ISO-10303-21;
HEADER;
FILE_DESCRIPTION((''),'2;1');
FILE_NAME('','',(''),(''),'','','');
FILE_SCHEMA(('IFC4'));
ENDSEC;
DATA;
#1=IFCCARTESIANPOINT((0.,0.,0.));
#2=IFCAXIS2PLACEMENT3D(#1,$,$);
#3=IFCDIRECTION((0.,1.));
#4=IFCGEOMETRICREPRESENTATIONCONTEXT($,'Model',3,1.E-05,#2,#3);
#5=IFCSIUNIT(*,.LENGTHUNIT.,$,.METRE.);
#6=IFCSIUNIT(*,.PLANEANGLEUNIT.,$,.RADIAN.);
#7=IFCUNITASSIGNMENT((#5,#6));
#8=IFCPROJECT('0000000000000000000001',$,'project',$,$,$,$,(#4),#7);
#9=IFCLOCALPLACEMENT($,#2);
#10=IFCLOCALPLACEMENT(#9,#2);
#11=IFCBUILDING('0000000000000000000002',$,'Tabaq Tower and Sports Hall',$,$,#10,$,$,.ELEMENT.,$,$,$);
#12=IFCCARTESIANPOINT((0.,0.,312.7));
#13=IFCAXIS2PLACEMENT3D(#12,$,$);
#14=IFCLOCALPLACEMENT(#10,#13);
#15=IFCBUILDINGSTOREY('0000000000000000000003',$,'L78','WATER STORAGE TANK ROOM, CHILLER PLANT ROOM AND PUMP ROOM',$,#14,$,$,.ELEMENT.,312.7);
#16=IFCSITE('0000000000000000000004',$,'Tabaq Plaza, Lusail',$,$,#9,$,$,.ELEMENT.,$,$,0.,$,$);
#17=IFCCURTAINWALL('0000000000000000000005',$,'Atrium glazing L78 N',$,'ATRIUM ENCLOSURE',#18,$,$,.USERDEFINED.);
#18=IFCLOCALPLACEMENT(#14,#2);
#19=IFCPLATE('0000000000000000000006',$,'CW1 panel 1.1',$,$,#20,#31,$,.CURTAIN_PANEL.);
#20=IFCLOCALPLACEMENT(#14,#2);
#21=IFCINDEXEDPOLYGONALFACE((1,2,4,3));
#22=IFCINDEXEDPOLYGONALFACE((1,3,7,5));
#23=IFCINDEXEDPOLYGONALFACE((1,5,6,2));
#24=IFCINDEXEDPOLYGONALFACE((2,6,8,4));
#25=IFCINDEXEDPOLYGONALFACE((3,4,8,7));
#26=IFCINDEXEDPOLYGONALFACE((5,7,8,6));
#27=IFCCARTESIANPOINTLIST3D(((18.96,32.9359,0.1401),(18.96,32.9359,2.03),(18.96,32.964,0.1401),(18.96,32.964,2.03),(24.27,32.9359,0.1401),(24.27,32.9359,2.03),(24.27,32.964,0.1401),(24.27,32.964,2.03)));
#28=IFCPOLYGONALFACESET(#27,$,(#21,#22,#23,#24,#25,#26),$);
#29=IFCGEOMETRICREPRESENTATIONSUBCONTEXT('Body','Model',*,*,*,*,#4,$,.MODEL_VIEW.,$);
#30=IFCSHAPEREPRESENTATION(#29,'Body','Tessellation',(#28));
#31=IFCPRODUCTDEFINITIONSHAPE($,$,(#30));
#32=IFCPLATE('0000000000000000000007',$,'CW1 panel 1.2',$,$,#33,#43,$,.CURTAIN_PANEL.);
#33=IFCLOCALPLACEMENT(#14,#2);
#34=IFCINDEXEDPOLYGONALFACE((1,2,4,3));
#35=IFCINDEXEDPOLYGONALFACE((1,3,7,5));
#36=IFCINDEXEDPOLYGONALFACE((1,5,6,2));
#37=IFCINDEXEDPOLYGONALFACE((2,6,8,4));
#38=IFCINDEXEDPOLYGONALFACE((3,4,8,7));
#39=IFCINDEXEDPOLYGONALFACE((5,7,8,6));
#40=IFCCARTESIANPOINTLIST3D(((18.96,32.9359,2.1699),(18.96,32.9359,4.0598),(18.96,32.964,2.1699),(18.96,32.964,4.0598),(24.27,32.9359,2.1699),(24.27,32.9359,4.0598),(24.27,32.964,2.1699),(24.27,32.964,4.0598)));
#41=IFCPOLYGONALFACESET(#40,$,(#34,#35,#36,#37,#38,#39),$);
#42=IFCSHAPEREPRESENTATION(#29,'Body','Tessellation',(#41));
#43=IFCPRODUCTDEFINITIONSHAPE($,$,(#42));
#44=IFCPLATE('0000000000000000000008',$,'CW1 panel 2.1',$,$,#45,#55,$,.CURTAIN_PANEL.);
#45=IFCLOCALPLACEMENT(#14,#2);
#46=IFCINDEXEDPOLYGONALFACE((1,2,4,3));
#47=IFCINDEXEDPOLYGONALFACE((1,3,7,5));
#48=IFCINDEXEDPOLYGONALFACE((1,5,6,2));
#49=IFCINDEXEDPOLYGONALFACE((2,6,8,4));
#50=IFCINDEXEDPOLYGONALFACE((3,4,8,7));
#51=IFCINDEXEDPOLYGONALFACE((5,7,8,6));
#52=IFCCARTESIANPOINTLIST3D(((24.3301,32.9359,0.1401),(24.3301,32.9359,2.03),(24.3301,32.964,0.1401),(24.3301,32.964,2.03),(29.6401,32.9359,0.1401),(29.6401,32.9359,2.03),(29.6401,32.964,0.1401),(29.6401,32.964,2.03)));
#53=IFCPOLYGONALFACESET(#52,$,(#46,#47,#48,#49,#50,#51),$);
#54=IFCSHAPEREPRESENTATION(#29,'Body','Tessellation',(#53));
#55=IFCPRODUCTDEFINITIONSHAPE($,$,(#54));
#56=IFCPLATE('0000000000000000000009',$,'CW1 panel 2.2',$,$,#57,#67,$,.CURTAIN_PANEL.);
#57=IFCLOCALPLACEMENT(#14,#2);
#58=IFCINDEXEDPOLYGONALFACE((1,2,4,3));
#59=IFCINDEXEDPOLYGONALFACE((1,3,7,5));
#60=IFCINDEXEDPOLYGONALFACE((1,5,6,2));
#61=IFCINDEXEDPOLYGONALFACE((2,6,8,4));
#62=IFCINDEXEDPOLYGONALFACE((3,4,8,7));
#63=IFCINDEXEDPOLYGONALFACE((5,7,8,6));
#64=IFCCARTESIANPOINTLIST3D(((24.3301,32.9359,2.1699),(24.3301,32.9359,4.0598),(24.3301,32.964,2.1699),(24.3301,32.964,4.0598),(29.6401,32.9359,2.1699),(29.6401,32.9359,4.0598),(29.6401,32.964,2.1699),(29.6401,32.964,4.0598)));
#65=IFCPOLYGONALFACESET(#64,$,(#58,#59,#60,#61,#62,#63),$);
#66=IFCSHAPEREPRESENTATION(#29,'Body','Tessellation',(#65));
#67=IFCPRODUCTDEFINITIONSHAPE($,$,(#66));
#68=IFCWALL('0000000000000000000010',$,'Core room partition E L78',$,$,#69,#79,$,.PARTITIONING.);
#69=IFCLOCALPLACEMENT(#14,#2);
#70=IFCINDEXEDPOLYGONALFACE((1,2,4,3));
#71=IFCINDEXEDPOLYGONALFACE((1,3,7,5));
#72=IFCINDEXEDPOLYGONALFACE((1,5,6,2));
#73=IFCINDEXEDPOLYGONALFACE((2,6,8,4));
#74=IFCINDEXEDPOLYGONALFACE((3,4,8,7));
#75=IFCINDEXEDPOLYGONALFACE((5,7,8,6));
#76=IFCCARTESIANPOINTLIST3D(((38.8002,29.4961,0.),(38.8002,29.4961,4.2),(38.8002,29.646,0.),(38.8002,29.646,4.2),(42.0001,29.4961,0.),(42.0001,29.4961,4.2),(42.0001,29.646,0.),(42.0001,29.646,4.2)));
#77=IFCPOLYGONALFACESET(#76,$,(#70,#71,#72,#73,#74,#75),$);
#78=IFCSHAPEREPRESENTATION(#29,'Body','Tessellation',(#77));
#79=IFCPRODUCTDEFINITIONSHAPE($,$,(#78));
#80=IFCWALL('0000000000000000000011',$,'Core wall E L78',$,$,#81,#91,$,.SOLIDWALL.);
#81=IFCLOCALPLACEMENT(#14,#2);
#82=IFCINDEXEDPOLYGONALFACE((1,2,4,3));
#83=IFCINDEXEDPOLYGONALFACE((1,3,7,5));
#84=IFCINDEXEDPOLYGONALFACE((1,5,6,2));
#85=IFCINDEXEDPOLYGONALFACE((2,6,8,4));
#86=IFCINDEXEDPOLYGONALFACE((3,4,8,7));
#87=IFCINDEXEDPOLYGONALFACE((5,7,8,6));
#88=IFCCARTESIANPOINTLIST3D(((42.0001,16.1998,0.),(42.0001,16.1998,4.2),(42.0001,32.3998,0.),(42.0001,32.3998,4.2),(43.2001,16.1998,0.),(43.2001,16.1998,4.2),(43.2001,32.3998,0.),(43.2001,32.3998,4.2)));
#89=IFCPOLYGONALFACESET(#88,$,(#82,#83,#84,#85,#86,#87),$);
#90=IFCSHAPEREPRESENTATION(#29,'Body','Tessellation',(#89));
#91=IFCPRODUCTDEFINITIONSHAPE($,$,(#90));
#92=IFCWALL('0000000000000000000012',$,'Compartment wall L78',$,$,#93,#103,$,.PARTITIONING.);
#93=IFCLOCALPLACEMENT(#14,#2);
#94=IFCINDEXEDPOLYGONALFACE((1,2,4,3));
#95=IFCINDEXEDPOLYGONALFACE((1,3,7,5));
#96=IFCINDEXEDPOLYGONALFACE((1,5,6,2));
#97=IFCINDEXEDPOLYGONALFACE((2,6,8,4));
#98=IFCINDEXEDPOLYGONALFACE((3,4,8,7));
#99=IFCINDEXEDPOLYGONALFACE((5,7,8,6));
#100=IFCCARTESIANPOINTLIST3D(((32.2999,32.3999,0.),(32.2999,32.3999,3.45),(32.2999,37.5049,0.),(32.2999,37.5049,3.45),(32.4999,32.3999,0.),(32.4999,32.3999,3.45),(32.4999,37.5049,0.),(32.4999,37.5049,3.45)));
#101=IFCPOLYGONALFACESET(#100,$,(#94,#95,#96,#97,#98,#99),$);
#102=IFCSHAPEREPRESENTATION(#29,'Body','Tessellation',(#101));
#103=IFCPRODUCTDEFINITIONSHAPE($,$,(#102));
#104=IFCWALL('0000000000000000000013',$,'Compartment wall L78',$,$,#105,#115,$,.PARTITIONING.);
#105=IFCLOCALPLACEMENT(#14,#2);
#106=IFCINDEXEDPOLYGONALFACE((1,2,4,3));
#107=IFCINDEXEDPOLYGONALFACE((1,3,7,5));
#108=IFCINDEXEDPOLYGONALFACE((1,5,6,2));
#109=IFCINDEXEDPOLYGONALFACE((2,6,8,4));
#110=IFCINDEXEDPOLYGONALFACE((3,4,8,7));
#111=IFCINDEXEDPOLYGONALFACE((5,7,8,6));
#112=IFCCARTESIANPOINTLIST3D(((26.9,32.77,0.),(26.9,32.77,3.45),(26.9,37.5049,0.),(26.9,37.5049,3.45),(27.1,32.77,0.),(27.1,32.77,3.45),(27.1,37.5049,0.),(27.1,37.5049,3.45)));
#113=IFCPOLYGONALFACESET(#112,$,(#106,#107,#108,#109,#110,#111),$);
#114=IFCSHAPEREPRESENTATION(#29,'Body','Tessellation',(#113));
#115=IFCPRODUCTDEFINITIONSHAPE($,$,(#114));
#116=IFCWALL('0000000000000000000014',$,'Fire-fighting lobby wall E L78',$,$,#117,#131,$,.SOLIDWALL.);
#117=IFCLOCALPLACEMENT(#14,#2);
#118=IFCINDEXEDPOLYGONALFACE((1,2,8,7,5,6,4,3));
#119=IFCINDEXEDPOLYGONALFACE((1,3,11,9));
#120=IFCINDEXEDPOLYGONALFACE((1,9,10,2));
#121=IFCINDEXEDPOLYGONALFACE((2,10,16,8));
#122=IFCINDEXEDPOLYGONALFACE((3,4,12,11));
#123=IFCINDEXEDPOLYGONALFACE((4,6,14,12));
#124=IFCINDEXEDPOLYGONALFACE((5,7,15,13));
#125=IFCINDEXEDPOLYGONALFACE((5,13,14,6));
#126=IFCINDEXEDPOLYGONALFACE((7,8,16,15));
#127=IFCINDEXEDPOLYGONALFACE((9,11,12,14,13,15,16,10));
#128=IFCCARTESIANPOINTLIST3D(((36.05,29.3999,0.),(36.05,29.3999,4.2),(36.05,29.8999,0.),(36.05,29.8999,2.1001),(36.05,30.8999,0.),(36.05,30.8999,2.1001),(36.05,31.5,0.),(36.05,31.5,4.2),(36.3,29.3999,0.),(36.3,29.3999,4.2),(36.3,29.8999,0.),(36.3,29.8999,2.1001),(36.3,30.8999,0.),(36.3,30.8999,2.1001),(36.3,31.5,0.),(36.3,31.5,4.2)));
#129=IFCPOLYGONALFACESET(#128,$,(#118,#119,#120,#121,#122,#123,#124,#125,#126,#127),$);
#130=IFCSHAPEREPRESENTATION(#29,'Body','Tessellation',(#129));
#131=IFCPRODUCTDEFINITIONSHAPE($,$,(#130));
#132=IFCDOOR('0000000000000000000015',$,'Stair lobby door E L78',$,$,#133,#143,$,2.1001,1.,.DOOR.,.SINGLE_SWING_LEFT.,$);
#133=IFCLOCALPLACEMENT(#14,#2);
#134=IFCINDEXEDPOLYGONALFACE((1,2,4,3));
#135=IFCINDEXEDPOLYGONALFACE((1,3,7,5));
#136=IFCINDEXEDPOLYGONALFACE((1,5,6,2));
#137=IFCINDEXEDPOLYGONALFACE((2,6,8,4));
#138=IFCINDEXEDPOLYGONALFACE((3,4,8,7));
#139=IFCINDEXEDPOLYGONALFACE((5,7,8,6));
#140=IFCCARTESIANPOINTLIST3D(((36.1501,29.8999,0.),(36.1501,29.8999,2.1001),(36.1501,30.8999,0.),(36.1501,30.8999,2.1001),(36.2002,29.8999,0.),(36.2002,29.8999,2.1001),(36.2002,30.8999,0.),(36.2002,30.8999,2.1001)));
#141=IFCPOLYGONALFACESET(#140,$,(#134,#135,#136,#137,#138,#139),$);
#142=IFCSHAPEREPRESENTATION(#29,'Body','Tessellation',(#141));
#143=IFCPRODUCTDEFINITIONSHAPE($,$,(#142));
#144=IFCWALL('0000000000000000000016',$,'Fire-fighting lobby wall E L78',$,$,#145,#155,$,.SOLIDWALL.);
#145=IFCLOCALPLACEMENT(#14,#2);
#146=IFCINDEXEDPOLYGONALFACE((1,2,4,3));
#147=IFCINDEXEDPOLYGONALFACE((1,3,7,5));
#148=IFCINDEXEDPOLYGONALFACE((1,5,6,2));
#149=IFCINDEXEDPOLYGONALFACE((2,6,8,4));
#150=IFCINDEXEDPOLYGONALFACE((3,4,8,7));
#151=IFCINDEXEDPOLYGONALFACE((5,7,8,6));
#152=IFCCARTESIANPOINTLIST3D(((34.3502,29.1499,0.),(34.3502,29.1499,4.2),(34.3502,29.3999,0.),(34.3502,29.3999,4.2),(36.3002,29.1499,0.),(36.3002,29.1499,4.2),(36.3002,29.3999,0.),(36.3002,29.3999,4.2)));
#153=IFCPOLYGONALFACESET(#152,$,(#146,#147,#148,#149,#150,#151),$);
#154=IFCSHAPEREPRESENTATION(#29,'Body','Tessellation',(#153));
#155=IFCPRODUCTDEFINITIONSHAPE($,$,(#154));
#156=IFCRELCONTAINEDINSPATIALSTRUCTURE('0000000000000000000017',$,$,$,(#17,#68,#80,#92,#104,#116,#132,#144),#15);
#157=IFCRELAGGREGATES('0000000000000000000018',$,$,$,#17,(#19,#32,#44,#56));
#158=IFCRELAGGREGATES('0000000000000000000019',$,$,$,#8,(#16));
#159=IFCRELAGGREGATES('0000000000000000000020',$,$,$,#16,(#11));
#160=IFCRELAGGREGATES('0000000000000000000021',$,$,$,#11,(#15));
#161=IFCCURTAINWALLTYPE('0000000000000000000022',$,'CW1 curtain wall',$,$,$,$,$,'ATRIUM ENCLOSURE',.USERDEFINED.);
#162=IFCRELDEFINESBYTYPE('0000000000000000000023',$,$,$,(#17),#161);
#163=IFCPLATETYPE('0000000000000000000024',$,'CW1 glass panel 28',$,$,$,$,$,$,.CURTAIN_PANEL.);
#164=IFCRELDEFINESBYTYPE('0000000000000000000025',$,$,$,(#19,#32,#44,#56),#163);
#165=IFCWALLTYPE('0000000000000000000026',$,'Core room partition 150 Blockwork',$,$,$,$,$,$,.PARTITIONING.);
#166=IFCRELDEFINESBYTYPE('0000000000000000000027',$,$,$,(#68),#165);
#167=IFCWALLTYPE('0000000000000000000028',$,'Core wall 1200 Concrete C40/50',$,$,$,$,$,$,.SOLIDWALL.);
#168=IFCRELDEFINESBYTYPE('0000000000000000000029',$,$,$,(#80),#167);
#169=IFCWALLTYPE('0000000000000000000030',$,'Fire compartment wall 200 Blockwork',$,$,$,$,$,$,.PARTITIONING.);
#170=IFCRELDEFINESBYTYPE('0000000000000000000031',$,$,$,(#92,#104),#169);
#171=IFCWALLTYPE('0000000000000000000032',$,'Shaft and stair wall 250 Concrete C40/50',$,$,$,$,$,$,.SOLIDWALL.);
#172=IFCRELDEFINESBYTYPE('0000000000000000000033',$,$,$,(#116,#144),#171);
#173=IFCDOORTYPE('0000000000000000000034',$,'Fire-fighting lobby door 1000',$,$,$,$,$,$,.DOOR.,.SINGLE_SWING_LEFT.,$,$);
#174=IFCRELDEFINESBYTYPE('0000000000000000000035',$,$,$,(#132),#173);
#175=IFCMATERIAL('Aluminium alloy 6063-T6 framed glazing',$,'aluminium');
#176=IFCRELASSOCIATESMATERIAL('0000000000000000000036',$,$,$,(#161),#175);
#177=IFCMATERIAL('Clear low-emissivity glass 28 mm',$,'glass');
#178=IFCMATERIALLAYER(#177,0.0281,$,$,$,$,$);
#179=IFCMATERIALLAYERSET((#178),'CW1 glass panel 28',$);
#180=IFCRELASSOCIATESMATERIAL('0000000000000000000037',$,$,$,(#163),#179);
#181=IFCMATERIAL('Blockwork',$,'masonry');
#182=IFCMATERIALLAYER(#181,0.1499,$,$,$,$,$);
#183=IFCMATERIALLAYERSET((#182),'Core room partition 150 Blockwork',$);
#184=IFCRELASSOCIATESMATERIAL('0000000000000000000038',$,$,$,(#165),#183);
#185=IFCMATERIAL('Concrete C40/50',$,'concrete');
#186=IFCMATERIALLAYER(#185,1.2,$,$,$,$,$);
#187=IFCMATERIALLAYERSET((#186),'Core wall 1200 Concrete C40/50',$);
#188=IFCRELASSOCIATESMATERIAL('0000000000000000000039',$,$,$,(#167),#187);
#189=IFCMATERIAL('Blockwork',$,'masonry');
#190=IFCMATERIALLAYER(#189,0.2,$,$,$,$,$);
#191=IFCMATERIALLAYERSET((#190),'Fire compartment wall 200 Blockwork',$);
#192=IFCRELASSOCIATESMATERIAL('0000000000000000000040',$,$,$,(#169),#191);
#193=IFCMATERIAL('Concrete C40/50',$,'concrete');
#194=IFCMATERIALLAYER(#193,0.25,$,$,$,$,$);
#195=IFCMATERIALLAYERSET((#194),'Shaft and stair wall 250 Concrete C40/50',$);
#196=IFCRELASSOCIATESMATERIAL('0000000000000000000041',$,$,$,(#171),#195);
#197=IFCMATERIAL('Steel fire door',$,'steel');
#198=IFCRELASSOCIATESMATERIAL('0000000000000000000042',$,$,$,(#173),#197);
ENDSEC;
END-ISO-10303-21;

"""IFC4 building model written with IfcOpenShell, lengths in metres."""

from ifc_helpers import new_model, si_unit, direction, frame, frame_2d, origin, origin_2d, place, context, subcontext, project, spatial, rectangle, extrude, material, layer, layer_set, type_object, element, fill, aggregate, save


model = new_model("IFC4")

# Units and contexts
model_context = context("Model", 3, precision=1e-05, world=origin(), true_north=direction((0.0, 1.0)))
body_context = subcontext(model_context, "Body", "Model", "MODEL_VIEW")
ifc_project = project(units=[si_unit("LENGTHUNIT", "METRE"), si_unit("PLANEANGLEUNIT", "RADIAN")], contexts=[model_context])

# Site, building, storey
site_placement = place(None, origin())
site = spatial("IfcSite", under=ifc_project, at=site_placement, Name="Tabaq Plaza, Lusail", CompositionType="ELEMENT", RefElevation=0.0)
building_placement = place(site_placement, origin())
building = spatial("IfcBuilding", under=site, at=building_placement, Name="Tabaq Tower and Sports Hall", CompositionType="ELEMENT")
storey_placement = place(building_placement, frame((0.0, 0.0, 312.7)))
storey = spatial("IfcBuildingStorey", under=building, at=storey_placement, Name="L78", Description="WATER STORAGE TANK ROOM, CHILLER PLANT ROOM AND PUMP ROOM", CompositionType="ELEMENT", Elevation=312.7)

# Curtain wall
ifc_material_1 = material(Name="Aluminium alloy 6063-T6 framed glazing", Category="aluminium")
curtain_wall_type = type_object("IfcCurtainWallType", Name="CW1 curtain wall", ElementType="ATRIUM ENCLOSURE", PredefinedType="USERDEFINED", material=ifc_material_1)
curtain_wall_placement = place(storey_placement, origin())
curtain_wall = element("IfcCurtainWall", 1, at=curtain_wall_placement, inside=storey, type_object=curtain_wall_type, Name="Atrium glazing L78 N", ObjectType="ATRIUM ENCLOSURE", PredefinedType="USERDEFINED")

# Plates
ifc_material_2 = material(Name="Clear low-emissivity glass 28 mm", Category="glass")
ifc_layer_1 = layer(ifc_material_2, 0.0281)
ifc_layer_set_1 = layer_set([ifc_layer_1], Name="CW1 glass panel 28")
plate_type = type_object("IfcPlateType", Name="CW1 glass panel 28", PredefinedType="CURTAIN_PANEL", material=ifc_layer_set_1)
plate_1_placement = place(storey_placement, frame((21.615, 32.95, 0.1401), z_axis=(0.0, 0.0, 1.0), x_axis=(1.0, 0.0, 0.0)))
plate_1 = element("IfcPlate", 2, at=plate_1_placement, type_object=plate_type, Name="CW1 panel 1.1", PredefinedType="CURTAIN_PANEL", context=body_context, shape_type="SweptSolid", body=[
    extrude(rectangle(XDim=5.3101, YDim=0.0281, at=origin_2d()), origin(), (0.0, 0.0, 1.0), 1.8899),
])
plate_2_placement = place(storey_placement, frame((21.615, 32.95, 2.1699), z_axis=(0.0, 0.0, 1.0), x_axis=(1.0, 0.0, 0.0)))
plate_2 = element("IfcPlate", 3, at=plate_2_placement, type_object=plate_type, Name="CW1 panel 1.2", PredefinedType="CURTAIN_PANEL", context=body_context, shape_type="SweptSolid", body=[
    extrude(rectangle(XDim=5.3101, YDim=0.0281, at=origin_2d()), origin(), (0.0, 0.0, 1.0), 1.8899),
])
plate_3_placement = place(storey_placement, frame((26.9851, 32.95, 0.1401), z_axis=(0.0, 0.0, 1.0), x_axis=(1.0, 0.0, 0.0)))
plate_3 = element("IfcPlate", 4, at=plate_3_placement, type_object=plate_type, Name="CW1 panel 2.1", PredefinedType="CURTAIN_PANEL", context=body_context, shape_type="SweptSolid", body=[
    extrude(rectangle(XDim=5.3101, YDim=0.0281, at=origin_2d()), origin(), (0.0, 0.0, 1.0), 1.8899),
])
plate_4_placement = place(storey_placement, frame((26.9851, 32.95, 2.1699), z_axis=(0.0, 0.0, 1.0), x_axis=(1.0, 0.0, 0.0)))
plate_4 = element("IfcPlate", 5, at=plate_4_placement, type_object=plate_type, Name="CW1 panel 2.2", PredefinedType="CURTAIN_PANEL", context=body_context, shape_type="SweptSolid", body=[
    extrude(rectangle(XDim=5.3101, YDim=0.0281, at=origin_2d()), origin(), (0.0, 0.0, 1.0), 1.8899),
])
aggregate(curtain_wall, [plate_1, plate_2, plate_3, plate_4])

# Walls
ifc_material_3 = material(Name="Blockwork", Category="masonry")
ifc_layer_2 = layer(ifc_material_3, 0.1499)
ifc_layer_set_2 = layer_set([ifc_layer_2], Name="Core room partition 150 Blockwork")
wall_type_1 = type_object("IfcWallType", Name="Core room partition 150 Blockwork", PredefinedType="PARTITIONING", material=ifc_layer_set_2)
wall_1_placement = place(storey_placement, frame((38.8, 29.571, 0.0), z_axis=(0.0, 0.0, 1.0), x_axis=(1.0, 0.0, 0.0)))
element("IfcWall", 6, at=wall_1_placement, inside=storey, type_object=wall_type_1, Name="Core room partition E L78", PredefinedType="PARTITIONING", context=body_context, shape_type="SweptSolid", body=[
    extrude(rectangle(XDim=3.2, YDim=0.1499, at=frame_2d((1.6001, 0.0))), origin(), (0.0, 0.0, 1.0), 4.2),
])
ifc_material_4 = material(Name="Concrete C40/50", Category="concrete")
ifc_layer_3 = layer(ifc_material_4, 1.2)
ifc_layer_set_3 = layer_set([ifc_layer_3], Name="Core wall 1200 Concrete C40/50")
wall_type_2 = type_object("IfcWallType", Name="Core wall 1200 Concrete C40/50", PredefinedType="SOLIDWALL", material=ifc_layer_set_3)
wall_2_placement = place(storey_placement, frame((42.6001, 32.3999, 0.0), z_axis=(0.0, 0.0, 1.0), x_axis=(0.0, -1.0, 0.0)))
element("IfcWall", 7, at=wall_2_placement, inside=storey, type_object=wall_type_2, Name="Core wall E L78", PredefinedType="SOLIDWALL", context=body_context, shape_type="SweptSolid", body=[
    extrude(rectangle(XDim=16.2, YDim=1.2, at=frame_2d((8.1001, 0.0))), origin(), (0.0, 0.0, 1.0), 4.2),
])

# Walls
ifc_material_5 = material(Name="Blockwork", Category="masonry")
ifc_layer_4 = layer(ifc_material_5, 0.2)
ifc_layer_set_4 = layer_set([ifc_layer_4], Name="Fire compartment wall 200 Blockwork")
wall_type_3 = type_object("IfcWallType", Name="Fire compartment wall 200 Blockwork", PredefinedType="PARTITIONING", material=ifc_layer_set_4)
wall_3_placement = place(storey_placement, frame((32.3999, 32.3999, 0.0), z_axis=(0.0, 0.0, 1.0), x_axis=(0.0, 1.0, 0.0)))
element("IfcWall", 8, at=wall_3_placement, inside=storey, type_object=wall_type_3, Name="Compartment wall L78", PredefinedType="PARTITIONING", context=body_context, shape_type="SweptSolid", body=[
    extrude(rectangle(XDim=5.105, YDim=0.2, at=frame_2d((2.5525, 0.0))), origin(), (0.0, 0.0, 1.0), 3.45),
])
wall_4_placement = place(storey_placement, frame((27.0, 37.5049, 0.0), z_axis=(0.0, 0.0, 1.0), x_axis=(0.0, -1.0, 0.0)))
element("IfcWall", 9, at=wall_4_placement, inside=storey, type_object=wall_type_3, Name="Compartment wall L78", PredefinedType="PARTITIONING", context=body_context, shape_type="SweptSolid", body=[
    extrude(rectangle(XDim=4.7349, YDim=0.2, at=frame_2d((2.3674, 0.0))), origin(), (0.0, 0.0, 1.0), 3.45),
])

# Wall, opening, door
ifc_material_6 = material(Name="Concrete C40/50", Category="concrete")
ifc_layer_5 = layer(ifc_material_6, 0.25)
ifc_layer_set_5 = layer_set([ifc_layer_5], Name="Shaft and stair wall 250 Concrete C40/50")
wall_type_4 = type_object("IfcWallType", Name="Shaft and stair wall 250 Concrete C40/50", PredefinedType="SOLIDWALL", material=ifc_layer_set_5)
wall_5_placement = place(storey_placement, frame((36.175, 29.3999, 0.0), z_axis=(0.0, 0.0, 1.0), x_axis=(0.0, 1.0, 0.0)))
wall_5 = element("IfcWall", 10, at=wall_5_placement, inside=storey, type_object=wall_type_4, Name="Fire-fighting lobby wall E L78", PredefinedType="SOLIDWALL", context=body_context, shape_type="SweptSolid", body=[
    extrude(rectangle(XDim=2.1001, YDim=0.25, at=frame_2d((1.05, 0.0))), origin(), (0.0, 0.0, 1.0), 4.2),
])
opening_1_placement = place(wall_5_placement, frame((0.5, 0.0, 0.0)))
opening_1 = element("IfcOpeningElement", 11, at=opening_1_placement, cuts=wall_5, PredefinedType="OPENING", context=body_context, shape_type="SweptSolid", body=[
    extrude(rectangle(XDim=1.0, YDim=2.1001, at=frame_2d((0.5, 1.05))), frame((0.0, 0.125, 0.0), z_axis=(0.0, -1.0, 0.0), x_axis=(1.0, 0.0, 0.0)), (0.0, 0.0, 1.0), 0.25),
])
ifc_material_7 = material(Name="Steel fire door", Category="steel")
door_type_1 = type_object("IfcDoorType", Name="Fire-fighting lobby door 1000", OperationType="SINGLE_SWING_LEFT", PredefinedType="DOOR", material=ifc_material_7)
door_1_placement = place(opening_1_placement, origin())
door_1 = element("IfcDoor", 12, at=door_1_placement, inside=storey, type_object=door_type_1, Name="Stair lobby door E L78", OperationType="SINGLE_SWING_LEFT", OverallHeight=2.1001, OverallWidth=1.0, PredefinedType="DOOR", context=body_context, shape_type="SweptSolid", body=[
    extrude(rectangle(XDim=1.0, YDim=2.1001, at=frame_2d((0.5, 1.05))), frame((0.0, 0.0249, 0.0), z_axis=(0.0, -1.0, 0.0), x_axis=(1.0, 0.0, 0.0)), (0.0, 0.0, 1.0), 0.05),
])
fill(opening_1, door_1)

# Wall
wall_6_placement = place(storey_placement, frame((34.3501, 29.2749, 0.0), z_axis=(0.0, 0.0, 1.0), x_axis=(1.0, 0.0, 0.0)))
element("IfcWall", 13, at=wall_6_placement, inside=storey, type_object=wall_type_4, Name="Fire-fighting lobby wall E L78", PredefinedType="SOLIDWALL", context=body_context, shape_type="SweptSolid", body=[
    extrude(rectangle(XDim=1.95, YDim=0.25, at=frame_2d((0.9751, 0.0))), origin(), (0.0, 0.0, 1.0), 4.2),
])

save(model, "model.ifc")
